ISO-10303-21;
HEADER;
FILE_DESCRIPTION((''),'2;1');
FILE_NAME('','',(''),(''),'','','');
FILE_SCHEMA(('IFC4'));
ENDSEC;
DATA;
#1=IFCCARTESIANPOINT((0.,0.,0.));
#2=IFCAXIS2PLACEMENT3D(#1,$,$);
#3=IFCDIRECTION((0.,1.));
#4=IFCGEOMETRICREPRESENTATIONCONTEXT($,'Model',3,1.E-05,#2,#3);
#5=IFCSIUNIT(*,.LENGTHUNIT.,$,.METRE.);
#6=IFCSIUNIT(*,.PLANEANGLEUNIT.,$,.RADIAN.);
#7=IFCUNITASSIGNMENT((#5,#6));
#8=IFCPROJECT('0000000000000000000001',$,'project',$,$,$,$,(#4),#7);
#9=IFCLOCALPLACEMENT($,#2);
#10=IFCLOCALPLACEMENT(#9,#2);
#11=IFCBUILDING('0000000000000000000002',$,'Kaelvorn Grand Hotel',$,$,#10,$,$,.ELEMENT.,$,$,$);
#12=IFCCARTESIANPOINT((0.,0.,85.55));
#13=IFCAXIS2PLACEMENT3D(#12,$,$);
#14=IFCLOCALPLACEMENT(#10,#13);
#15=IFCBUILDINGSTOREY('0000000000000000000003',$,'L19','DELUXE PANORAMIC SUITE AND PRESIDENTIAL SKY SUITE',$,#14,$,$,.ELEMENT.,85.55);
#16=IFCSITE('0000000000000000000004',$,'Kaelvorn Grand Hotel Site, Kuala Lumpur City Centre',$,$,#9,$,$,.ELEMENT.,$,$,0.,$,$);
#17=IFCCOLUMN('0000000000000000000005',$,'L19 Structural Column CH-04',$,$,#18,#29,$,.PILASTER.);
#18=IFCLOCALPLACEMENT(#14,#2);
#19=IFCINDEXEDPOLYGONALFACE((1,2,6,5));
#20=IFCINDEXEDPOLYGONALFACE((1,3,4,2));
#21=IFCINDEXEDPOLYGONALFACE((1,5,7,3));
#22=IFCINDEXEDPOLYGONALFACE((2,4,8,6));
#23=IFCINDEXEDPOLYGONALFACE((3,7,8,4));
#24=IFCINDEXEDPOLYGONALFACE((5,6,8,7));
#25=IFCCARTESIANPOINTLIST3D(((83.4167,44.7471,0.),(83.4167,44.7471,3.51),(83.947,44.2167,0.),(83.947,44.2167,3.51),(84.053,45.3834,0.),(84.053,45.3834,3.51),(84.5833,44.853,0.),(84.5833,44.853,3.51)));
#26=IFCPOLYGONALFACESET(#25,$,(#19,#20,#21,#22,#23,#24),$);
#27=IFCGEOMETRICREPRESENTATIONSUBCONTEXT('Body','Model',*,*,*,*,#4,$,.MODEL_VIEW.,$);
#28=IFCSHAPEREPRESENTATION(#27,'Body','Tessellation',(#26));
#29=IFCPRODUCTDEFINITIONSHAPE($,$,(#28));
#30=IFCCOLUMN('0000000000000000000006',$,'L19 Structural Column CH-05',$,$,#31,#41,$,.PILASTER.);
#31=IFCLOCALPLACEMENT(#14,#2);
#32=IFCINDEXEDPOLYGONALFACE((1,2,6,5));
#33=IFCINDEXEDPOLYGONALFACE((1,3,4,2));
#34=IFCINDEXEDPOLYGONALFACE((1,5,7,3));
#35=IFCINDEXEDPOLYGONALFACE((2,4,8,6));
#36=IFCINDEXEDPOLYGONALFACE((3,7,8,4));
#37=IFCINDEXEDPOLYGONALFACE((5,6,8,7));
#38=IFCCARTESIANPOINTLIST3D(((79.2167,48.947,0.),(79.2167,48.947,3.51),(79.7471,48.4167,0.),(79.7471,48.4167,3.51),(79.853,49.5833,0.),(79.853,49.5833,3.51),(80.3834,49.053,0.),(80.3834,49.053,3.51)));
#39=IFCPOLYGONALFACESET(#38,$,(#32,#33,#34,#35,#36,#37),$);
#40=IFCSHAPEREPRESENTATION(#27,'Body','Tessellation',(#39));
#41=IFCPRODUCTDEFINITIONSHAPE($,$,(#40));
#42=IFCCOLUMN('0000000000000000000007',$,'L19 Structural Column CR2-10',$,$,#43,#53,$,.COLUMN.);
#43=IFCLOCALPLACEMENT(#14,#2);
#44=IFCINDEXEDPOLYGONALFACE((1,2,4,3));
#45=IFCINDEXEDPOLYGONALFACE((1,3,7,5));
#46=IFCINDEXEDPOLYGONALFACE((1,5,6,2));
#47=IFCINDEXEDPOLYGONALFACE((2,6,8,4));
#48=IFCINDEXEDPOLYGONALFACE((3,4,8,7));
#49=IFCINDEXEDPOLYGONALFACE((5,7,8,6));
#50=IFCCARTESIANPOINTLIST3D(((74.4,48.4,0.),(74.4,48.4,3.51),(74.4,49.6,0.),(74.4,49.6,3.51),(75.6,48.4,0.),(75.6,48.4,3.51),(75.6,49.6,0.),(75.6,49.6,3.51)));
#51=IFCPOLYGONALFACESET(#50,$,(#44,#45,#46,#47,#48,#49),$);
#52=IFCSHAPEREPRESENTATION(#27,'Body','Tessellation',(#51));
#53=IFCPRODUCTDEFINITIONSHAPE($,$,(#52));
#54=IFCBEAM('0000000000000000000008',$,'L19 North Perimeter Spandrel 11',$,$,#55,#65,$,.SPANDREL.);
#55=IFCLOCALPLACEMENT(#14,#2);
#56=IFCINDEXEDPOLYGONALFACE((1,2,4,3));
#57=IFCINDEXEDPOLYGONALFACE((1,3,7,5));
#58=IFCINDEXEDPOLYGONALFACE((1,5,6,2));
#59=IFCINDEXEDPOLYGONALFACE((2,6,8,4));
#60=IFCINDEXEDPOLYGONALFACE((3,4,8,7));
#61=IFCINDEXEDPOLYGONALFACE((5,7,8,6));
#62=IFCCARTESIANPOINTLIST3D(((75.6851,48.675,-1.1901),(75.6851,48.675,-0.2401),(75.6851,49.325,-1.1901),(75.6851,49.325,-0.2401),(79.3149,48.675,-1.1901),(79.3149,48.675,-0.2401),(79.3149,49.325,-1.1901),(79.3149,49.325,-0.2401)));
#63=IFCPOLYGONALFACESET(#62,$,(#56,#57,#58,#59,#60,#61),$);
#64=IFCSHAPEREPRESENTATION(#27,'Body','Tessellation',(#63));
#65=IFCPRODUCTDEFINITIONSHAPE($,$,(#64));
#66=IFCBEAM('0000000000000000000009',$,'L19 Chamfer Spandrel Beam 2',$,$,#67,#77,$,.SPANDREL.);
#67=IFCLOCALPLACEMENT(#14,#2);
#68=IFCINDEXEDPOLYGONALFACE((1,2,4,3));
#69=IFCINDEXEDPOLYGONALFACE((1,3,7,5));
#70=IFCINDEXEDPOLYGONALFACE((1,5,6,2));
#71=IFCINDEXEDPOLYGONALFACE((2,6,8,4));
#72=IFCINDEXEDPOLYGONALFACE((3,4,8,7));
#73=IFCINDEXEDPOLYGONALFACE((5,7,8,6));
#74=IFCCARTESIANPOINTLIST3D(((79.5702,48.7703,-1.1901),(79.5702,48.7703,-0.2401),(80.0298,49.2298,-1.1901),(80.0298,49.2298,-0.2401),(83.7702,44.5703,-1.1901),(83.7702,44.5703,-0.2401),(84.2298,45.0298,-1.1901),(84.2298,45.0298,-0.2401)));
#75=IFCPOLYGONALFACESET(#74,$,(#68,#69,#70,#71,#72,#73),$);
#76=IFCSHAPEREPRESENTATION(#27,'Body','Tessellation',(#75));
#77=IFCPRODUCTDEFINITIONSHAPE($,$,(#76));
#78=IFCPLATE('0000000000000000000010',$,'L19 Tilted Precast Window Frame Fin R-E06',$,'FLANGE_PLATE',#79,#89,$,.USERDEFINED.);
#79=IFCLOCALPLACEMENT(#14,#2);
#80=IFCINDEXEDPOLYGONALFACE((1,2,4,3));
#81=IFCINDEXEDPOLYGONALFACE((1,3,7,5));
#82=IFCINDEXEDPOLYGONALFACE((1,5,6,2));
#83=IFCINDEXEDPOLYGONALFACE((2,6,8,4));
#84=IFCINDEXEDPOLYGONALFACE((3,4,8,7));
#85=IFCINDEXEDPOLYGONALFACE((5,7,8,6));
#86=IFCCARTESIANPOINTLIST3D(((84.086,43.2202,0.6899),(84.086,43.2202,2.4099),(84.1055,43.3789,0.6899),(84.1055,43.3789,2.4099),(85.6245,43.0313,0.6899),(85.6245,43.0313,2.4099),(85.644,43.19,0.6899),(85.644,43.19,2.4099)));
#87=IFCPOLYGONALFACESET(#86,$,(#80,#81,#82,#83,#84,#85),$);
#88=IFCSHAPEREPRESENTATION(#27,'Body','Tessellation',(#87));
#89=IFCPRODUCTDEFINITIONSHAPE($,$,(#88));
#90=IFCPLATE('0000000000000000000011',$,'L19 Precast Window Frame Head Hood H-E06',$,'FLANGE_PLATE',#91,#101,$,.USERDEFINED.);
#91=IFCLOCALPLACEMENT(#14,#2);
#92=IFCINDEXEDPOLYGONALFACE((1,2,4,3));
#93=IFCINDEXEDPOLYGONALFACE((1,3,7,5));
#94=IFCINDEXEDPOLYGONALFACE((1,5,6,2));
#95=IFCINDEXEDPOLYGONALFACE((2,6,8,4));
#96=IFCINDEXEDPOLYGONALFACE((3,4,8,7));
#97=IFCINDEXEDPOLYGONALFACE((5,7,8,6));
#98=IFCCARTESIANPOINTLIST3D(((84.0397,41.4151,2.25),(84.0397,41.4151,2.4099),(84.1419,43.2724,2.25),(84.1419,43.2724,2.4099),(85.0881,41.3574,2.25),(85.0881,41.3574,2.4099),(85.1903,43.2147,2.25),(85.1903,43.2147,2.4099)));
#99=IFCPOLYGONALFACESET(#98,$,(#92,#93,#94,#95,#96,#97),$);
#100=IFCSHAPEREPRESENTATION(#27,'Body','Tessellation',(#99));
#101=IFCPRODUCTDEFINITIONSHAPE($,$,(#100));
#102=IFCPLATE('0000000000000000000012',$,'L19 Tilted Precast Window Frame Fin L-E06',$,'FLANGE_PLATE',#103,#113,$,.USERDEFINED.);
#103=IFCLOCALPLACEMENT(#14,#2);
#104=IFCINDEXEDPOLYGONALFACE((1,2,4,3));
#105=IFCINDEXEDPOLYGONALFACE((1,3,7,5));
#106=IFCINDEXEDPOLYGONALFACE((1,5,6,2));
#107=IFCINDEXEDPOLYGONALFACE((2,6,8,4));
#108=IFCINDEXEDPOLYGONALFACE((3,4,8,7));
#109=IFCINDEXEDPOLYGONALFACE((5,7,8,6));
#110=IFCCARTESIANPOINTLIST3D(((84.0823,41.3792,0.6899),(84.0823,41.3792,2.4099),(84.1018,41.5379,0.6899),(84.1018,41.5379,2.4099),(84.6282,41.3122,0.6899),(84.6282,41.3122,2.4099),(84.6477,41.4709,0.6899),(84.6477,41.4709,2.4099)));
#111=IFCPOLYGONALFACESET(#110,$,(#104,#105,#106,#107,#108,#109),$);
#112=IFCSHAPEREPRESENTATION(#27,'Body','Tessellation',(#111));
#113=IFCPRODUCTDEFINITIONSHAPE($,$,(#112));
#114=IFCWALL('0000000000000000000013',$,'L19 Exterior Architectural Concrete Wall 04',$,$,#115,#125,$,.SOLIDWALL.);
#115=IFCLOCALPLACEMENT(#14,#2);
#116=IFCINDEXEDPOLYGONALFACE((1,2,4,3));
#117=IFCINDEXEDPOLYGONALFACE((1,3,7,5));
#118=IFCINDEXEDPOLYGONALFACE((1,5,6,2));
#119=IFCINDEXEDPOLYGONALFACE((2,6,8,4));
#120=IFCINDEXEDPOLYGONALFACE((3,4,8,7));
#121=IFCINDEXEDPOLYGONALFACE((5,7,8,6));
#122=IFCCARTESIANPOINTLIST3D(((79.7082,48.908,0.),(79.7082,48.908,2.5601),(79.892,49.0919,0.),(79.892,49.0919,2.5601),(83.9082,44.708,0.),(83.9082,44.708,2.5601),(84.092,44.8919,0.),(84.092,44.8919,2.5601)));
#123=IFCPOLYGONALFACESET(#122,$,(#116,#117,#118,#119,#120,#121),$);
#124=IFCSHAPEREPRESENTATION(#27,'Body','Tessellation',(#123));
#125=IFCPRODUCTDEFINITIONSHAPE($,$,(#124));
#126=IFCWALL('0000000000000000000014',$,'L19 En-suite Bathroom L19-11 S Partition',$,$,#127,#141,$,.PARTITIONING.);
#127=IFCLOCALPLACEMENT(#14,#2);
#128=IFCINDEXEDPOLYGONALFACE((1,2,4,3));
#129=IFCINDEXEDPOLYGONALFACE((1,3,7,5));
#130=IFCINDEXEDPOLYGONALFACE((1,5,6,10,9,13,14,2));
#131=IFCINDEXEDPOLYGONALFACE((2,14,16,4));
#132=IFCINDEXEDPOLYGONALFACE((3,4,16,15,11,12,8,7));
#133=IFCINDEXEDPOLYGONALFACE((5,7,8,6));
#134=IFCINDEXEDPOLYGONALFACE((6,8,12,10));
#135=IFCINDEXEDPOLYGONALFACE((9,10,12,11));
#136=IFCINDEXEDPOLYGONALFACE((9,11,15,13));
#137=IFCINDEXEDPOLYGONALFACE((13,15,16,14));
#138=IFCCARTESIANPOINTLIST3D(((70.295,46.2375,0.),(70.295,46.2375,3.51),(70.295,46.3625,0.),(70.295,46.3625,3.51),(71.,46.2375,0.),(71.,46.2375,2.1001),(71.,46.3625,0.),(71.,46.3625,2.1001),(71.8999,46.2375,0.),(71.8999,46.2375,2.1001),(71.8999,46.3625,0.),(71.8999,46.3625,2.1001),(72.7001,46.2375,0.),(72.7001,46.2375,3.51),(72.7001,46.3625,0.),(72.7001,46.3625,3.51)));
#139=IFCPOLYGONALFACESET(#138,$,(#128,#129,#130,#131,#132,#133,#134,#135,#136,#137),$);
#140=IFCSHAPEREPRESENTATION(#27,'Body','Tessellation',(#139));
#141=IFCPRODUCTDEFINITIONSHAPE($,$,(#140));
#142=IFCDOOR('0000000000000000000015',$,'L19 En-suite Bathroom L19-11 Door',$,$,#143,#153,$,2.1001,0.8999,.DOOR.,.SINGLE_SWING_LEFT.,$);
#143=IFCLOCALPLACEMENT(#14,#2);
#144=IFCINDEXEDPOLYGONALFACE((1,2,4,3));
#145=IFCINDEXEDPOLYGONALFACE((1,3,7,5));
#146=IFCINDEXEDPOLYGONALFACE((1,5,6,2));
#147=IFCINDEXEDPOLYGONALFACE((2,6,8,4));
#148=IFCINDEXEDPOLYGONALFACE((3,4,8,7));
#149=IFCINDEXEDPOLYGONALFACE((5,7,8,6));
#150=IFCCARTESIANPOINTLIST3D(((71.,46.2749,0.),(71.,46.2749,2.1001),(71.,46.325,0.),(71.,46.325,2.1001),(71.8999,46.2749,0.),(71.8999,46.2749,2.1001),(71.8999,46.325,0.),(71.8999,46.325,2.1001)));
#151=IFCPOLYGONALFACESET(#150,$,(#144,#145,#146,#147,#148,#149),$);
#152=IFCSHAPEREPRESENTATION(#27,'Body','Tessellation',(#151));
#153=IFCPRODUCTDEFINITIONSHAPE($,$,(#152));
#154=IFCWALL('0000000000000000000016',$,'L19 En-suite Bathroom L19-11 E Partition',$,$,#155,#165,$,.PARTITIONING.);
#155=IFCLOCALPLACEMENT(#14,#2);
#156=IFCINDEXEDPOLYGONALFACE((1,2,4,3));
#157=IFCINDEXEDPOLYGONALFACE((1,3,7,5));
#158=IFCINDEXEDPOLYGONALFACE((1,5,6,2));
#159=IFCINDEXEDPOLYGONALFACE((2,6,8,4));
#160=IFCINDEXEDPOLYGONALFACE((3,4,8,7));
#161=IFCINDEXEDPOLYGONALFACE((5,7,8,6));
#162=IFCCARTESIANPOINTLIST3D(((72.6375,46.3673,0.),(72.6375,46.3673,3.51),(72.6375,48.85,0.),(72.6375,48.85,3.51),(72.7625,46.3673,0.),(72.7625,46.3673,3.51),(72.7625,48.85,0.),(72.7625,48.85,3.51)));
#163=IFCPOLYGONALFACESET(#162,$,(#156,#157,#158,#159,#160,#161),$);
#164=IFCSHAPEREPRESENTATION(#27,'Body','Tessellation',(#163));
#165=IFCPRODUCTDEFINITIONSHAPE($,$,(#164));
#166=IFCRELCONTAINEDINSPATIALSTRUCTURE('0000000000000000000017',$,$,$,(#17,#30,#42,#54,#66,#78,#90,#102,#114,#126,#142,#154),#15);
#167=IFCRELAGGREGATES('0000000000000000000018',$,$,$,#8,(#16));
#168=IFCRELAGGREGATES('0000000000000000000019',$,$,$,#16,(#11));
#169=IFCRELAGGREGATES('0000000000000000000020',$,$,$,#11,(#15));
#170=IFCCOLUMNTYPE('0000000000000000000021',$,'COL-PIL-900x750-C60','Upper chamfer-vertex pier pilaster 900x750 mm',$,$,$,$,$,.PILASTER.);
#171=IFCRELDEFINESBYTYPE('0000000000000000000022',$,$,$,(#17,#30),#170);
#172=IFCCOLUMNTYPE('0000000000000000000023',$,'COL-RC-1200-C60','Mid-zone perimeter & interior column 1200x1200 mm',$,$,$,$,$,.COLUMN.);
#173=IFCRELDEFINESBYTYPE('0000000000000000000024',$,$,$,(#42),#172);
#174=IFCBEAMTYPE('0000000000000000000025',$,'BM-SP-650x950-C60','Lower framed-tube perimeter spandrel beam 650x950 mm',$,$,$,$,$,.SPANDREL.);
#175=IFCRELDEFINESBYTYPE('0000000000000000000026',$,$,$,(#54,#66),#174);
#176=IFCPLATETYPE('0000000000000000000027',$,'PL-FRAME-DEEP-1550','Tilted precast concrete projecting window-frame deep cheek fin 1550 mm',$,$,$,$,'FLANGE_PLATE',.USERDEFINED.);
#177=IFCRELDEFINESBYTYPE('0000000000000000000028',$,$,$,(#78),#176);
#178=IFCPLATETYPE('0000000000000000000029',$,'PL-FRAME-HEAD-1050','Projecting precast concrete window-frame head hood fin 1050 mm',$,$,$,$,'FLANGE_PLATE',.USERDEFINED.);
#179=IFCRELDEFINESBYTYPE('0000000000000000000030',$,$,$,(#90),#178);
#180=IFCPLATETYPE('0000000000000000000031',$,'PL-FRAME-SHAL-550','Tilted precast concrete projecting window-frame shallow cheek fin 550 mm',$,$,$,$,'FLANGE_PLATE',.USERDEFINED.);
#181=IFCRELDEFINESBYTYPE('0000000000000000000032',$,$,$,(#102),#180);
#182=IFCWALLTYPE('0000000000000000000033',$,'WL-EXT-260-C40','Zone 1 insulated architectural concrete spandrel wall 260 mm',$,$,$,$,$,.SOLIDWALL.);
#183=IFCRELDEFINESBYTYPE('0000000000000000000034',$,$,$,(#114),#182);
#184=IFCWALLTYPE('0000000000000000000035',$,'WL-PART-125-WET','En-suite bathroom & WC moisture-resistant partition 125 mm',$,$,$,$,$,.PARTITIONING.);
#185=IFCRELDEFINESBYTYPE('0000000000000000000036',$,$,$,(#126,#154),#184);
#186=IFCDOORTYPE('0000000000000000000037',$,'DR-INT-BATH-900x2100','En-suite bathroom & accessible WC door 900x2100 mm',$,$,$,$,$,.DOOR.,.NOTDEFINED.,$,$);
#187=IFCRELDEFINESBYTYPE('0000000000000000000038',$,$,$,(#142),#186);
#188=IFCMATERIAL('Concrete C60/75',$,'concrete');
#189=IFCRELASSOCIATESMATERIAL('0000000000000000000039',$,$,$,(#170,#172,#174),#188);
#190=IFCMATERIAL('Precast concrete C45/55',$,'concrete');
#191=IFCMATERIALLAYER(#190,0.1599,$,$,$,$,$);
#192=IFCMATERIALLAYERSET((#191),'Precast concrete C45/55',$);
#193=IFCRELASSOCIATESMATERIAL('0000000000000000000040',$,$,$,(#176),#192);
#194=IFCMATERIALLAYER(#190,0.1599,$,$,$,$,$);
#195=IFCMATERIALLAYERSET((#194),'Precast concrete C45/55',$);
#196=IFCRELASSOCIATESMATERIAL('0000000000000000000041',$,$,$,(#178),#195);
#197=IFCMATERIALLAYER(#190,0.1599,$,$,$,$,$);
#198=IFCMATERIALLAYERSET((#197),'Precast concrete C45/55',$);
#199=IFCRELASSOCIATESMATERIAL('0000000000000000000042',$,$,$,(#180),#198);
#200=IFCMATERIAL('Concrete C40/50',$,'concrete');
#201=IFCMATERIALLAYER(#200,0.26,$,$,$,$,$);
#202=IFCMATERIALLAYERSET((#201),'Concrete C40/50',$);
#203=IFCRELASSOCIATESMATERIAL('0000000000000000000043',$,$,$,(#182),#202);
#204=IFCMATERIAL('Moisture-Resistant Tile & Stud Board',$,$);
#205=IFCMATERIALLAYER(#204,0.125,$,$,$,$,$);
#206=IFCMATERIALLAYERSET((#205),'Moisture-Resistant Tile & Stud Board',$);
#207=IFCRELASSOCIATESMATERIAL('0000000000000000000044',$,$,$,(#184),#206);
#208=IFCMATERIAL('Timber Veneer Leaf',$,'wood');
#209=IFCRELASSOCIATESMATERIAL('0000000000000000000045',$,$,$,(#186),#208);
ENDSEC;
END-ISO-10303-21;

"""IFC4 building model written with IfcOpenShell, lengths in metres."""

from ifc_helpers import new_model, si_unit, direction, frame, frame_2d, origin, origin_2d, place, context, subcontext, project, spatial, rectangle, extrude, material, layer, layer_set, material_profile, profile_set, type_object, element, fill, save


model = new_model("IFC4")

# Units and contexts
model_context = context("Model", 3, precision=1e-05, world=origin(), true_north=direction((0.0, 1.0)))
body_context = subcontext(model_context, "Body", "Model", "MODEL_VIEW")
ifc_project = project(units=[si_unit("LENGTHUNIT", "METRE"), si_unit("PLANEANGLEUNIT", "RADIAN")], contexts=[model_context])

# Site, building, storey
site_placement = place(None, origin())
site = spatial("IfcSite", under=ifc_project, at=site_placement, Name="Kaelvorn Grand Hotel Site, Kuala Lumpur City Centre", CompositionType="ELEMENT", RefElevation=0.0)
building_placement = place(site_placement, origin())
building = spatial("IfcBuilding", under=site, at=building_placement, Name="Kaelvorn Grand Hotel", CompositionType="ELEMENT")
storey_placement = place(building_placement, frame((0.0, 0.0, 85.55)))
storey = spatial("IfcBuildingStorey", under=building, at=storey_placement, Name="L19", Description="DELUXE PANORAMIC SUITE AND PRESIDENTIAL SKY SUITE", CompositionType="ELEMENT", Elevation=85.55)

# Columns
ifc_material_1 = material(Name="Concrete C60/75", Category="concrete")
ifc_material_profile_1 = material_profile(ifc_material_1, rectangle(XDim=0.8999, YDim=0.75, at=origin_2d()), Name="RC PILASTER 900x750")
ifc_profile_set_1 = profile_set([ifc_material_profile_1], Name="Concrete C60/75")
column_type_1 = type_object("IfcColumnType", Name="COL-PIL-900x750-C60", Description="Upper chamfer-vertex pier pilaster 900x750 mm", PredefinedType="PILASTER", material=ifc_profile_set_1)
for number, where, z_axis, x_axis, name in (
    (1, (84.0, 44.8, 0.0), (0.0, 0.0, 1.0), (0.707107, 0.707107, 0.0), "L19 Structural Column CH-04"),
    (2, (79.8, 49.0, 0.0), (0.0, 0.0, 1.0), (0.707107, 0.707107, 0.0), "L19 Structural Column CH-05"),
):
    element("IfcColumn", number, at=place(storey_placement, frame(where, z_axis=z_axis, x_axis=x_axis)), inside=storey, type_object=column_type_1, Name=name, PredefinedType="PILASTER", context=body_context, shape_type="SweptSolid", body=[
        extrude(rectangle(XDim=0.8999, YDim=0.75, at=origin_2d()), origin(), (0.0, 0.0, 1.0), 3.51),
    ])
ifc_material_profile_2 = material_profile(ifc_material_1, rectangle(XDim=1.2, YDim=1.2, at=origin_2d()), Name="RC COL 1200x1200")
ifc_profile_set_2 = profile_set([ifc_material_profile_2], Name="Concrete C60/75")
column_type_2 = type_object("IfcColumnType", Name="COL-RC-1200-C60", Description="Mid-zone perimeter & interior column 1200x1200 mm", PredefinedType="COLUMN", material=ifc_profile_set_2)
column_placement = place(storey_placement, frame((75.0, 49.0, 0.0), z_axis=(0.0, 0.0, 1.0), x_axis=(1.0, 0.0, 0.0)))
element("IfcColumn", 3, at=column_placement, inside=storey, type_object=column_type_2, Name="L19 Structural Column CR2-10", PredefinedType="COLUMN", context=body_context, shape_type="SweptSolid", body=[
    extrude(rectangle(XDim=1.2, YDim=1.2, at=origin_2d()), origin(), (0.0, 0.0, 1.0), 3.51),
])

# Beams
ifc_material_profile_3 = material_profile(ifc_material_1, rectangle(XDim=0.6499, YDim=0.95, at=origin_2d()), Name="RC SPANDREL 650x950")
ifc_profile_set_3 = profile_set([ifc_material_profile_3], Name="Concrete C60/75")
beam_type = type_object("IfcBeamType", Name="BM-SP-650x950-C60", Description="Lower framed-tube perimeter spandrel beam 650x950 mm", PredefinedType="SPANDREL", material=ifc_profile_set_3)
beam_1_placement = place(storey_placement, frame((75.6851, 49.0, -0.7151), z_axis=(1.0, 0.0, 0.0), x_axis=(0.0, 1.0, 0.0)))
element("IfcBeam", 4, at=beam_1_placement, inside=storey, type_object=beam_type, Name="L19 North Perimeter Spandrel 11", PredefinedType="SPANDREL", context=body_context, shape_type="SweptSolid", body=[
    extrude(rectangle(XDim=0.6499, YDim=0.95, at=origin_2d()), origin(), (0.0, 0.0, 1.0), 3.6299),
])
beam_2_placement = place(storey_placement, frame((84.0, 44.8, -0.7151), z_axis=(-0.707107, 0.707107, 0.0), x_axis=(-0.707107, -0.707107, 0.0)))
element("IfcBeam", 5, at=beam_2_placement, inside=storey, type_object=beam_type, Name="L19 Chamfer Spandrel Beam 2", PredefinedType="SPANDREL", context=body_context, shape_type="SweptSolid", body=[
    extrude(rectangle(XDim=0.6499, YDim=0.95, at=origin_2d()), origin(), (0.0, 0.0, 1.0), 5.9397),
])

# Plates
ifc_material_2 = material(Name="Precast concrete C45/55", Category="concrete")
ifc_layer_1 = layer(ifc_material_2, 0.1599)
ifc_layer_set_1 = layer_set([ifc_layer_1], Name="Precast concrete C45/55")
plate_type_1 = type_object("IfcPlateType", Name="PL-FRAME-DEEP-1550", Description="Tilted precast concrete projecting window-frame deep cheek fin 1550 mm", ElementType="FLANGE_PLATE", PredefinedType="USERDEFINED", material=ifc_layer_set_1)
plate_1_placement = place(storey_placement, frame((84.865, 43.2051, 0.6899), z_axis=(0.0, 0.0, 1.0), x_axis=(0.121869, 0.992546, 0.0)))
element("IfcPlate", 6, at=plate_1_placement, inside=storey, type_object=plate_type_1, Name="L19 Tilted Precast Window Frame Fin R-E06", ObjectType="FLANGE_PLATE", PredefinedType="USERDEFINED", context=body_context, shape_type="SweptSolid", body=[
    extrude(rectangle(XDim=0.1599, YDim=1.55, at=origin_2d()), origin(), (0.0, 0.0, 1.0), 1.72),
])
ifc_layer_2 = layer(ifc_material_2, 0.1599)
ifc_layer_set_2 = layer_set([ifc_layer_2], Name="Precast concrete C45/55")
plate_type_2 = type_object("IfcPlateType", Name="PL-FRAME-HEAD-1050", Description="Projecting precast concrete window-frame head hood fin 1050 mm", ElementType="FLANGE_PLATE", PredefinedType="USERDEFINED", material=ifc_layer_set_2)
plate_2_placement = place(storey_placement, frame((84.615, 42.3149, 2.25), z_axis=(0.0, 0.0, 1.0), x_axis=(0.05495, 0.998489, 0.0)))
element("IfcPlate", 7, at=plate_2_placement, inside=storey, type_object=plate_type_2, Name="L19 Precast Window Frame Head Hood H-E06", ObjectType="FLANGE_PLATE", PredefinedType="USERDEFINED", context=body_context, shape_type="SweptSolid", body=[
    extrude(rectangle(XDim=1.8601, YDim=1.05, at=origin_2d()), origin(), (0.0, 0.0, 1.0), 0.1599),
])
ifc_layer_3 = layer(ifc_material_2, 0.1599)
ifc_layer_set_3 = layer_set([ifc_layer_3], Name="Precast concrete C45/55")
plate_type_3 = type_object("IfcPlateType", Name="PL-FRAME-SHAL-550", Description="Tilted precast concrete projecting window-frame shallow cheek fin 550 mm", ElementType="FLANGE_PLATE", PredefinedType="USERDEFINED", material=ifc_layer_set_3)
plate_3_placement = place(storey_placement, frame((84.365, 41.425, 0.6899), z_axis=(0.0, 0.0, 1.0), x_axis=(0.121869, 0.992546, 0.0)))
element("IfcPlate", 8, at=plate_3_placement, inside=storey, type_object=plate_type_3, Name="L19 Tilted Precast Window Frame Fin L-E06", ObjectType="FLANGE_PLATE", PredefinedType="USERDEFINED", context=body_context, shape_type="SweptSolid", body=[
    extrude(rectangle(XDim=0.1599, YDim=0.55, at=origin_2d()), origin(), (0.0, 0.0, 1.0), 1.72),
])

# Wall
ifc_material_3 = material(Name="Concrete C40/50", Category="concrete")
ifc_layer_4 = layer(ifc_material_3, 0.26)
ifc_layer_set_4 = layer_set([ifc_layer_4], Name="Concrete C40/50")
wall_type_1 = type_object("IfcWallType", Name="WL-EXT-260-C40", Description="Zone 1 insulated architectural concrete spandrel wall 260 mm", PredefinedType="SOLIDWALL", material=ifc_layer_set_4)
wall_1_placement = place(storey_placement, frame((84.0, 44.8, 0.0), z_axis=(0.0, 0.0, 1.0), x_axis=(-0.707107, 0.707107, 0.0)))
element("IfcWall", 9, at=wall_1_placement, inside=storey, type_object=wall_type_1, Name="L19 Exterior Architectural Concrete Wall 04", PredefinedType="SOLIDWALL", context=body_context, shape_type="SweptSolid", body=[
    extrude(rectangle(XDim=5.9397, YDim=0.26, at=frame_2d((2.9697, 0.0))), origin(), (0.0, 0.0, 1.0), 2.5601),
])

# Wall, opening, door
ifc_material_4 = material(Name="Moisture-Resistant Tile & Stud Board")
ifc_layer_5 = layer(ifc_material_4, 0.125)
ifc_layer_set_5 = layer_set([ifc_layer_5], Name="Moisture-Resistant Tile & Stud Board")
wall_type_2 = type_object("IfcWallType", Name="WL-PART-125-WET", Description="En-suite bathroom & WC moisture-resistant partition 125 mm", PredefinedType="PARTITIONING", material=ifc_layer_set_5)
wall_2_placement = place(storey_placement, frame((70.2949, 46.3, 0.0), z_axis=(0.0, 0.0, 1.0), x_axis=(1.0, 0.0, 0.0)))
wall_2 = element("IfcWall", 10, at=wall_2_placement, inside=storey, type_object=wall_type_2, Name="L19 En-suite Bathroom L19-11 S Partition", PredefinedType="PARTITIONING", context=body_context, shape_type="SweptSolid", body=[
    extrude(rectangle(XDim=2.405, YDim=0.125, at=frame_2d((1.2026, 0.0))), origin(), (0.0, 0.0, 1.0), 3.51),
])
opening_1_placement = place(wall_2_placement, frame((0.7051, 0.0, 0.0)))
opening_1 = element("IfcOpeningElement", 11, at=opening_1_placement, cuts=wall_2, PredefinedType="OPENING", context=body_context, shape_type="SweptSolid", body=[
    extrude(rectangle(XDim=0.8999, YDim=2.1001, at=frame_2d((0.45, 1.05))), frame((0.0, 0.0725, 0.0), z_axis=(0.0, -1.0, 0.0), x_axis=(1.0, 0.0, 0.0)), (0.0, 0.0, 1.0), 0.145),
])
ifc_material_5 = material(Name="Timber Veneer Leaf", Category="wood")
door_type = type_object("IfcDoorType", Name="DR-INT-BATH-900x2100", Description="En-suite bathroom & accessible WC door 900x2100 mm", OperationType="NOTDEFINED", PredefinedType="DOOR", material=ifc_material_5)
door_placement = place(opening_1_placement, origin())
door = element("IfcDoor", 12, at=door_placement, inside=storey, type_object=door_type, Name="L19 En-suite Bathroom L19-11 Door", OperationType="SINGLE_SWING_LEFT", OverallHeight=2.1001, OverallWidth=0.8999, PredefinedType="DOOR", context=body_context, shape_type="SweptSolid", body=[
    extrude(rectangle(XDim=0.8999, YDim=2.1001, at=frame_2d((0.45, 1.05))), frame((0.0, 0.0249, 0.0), z_axis=(0.0, -1.0, 0.0), x_axis=(1.0, 0.0, 0.0)), (0.0, 0.0, 1.0), 0.05),
])
fill(opening_1, door)

# Wall
wall_3_placement = place(storey_placement, frame((72.7, 46.3674, 0.0), z_axis=(0.0, 0.0, 1.0), x_axis=(0.0, 1.0, 0.0)))
element("IfcWall", 13, at=wall_3_placement, inside=storey, type_object=wall_type_2, Name="L19 En-suite Bathroom L19-11 E Partition", PredefinedType="PARTITIONING", context=body_context, shape_type="SweptSolid", body=[
    extrude(rectangle(XDim=2.4827, YDim=0.125, at=frame_2d((1.2412, 0.0))), origin(), (0.0, 0.0, 1.0), 3.51),
])

save(model, "model.ifc")
